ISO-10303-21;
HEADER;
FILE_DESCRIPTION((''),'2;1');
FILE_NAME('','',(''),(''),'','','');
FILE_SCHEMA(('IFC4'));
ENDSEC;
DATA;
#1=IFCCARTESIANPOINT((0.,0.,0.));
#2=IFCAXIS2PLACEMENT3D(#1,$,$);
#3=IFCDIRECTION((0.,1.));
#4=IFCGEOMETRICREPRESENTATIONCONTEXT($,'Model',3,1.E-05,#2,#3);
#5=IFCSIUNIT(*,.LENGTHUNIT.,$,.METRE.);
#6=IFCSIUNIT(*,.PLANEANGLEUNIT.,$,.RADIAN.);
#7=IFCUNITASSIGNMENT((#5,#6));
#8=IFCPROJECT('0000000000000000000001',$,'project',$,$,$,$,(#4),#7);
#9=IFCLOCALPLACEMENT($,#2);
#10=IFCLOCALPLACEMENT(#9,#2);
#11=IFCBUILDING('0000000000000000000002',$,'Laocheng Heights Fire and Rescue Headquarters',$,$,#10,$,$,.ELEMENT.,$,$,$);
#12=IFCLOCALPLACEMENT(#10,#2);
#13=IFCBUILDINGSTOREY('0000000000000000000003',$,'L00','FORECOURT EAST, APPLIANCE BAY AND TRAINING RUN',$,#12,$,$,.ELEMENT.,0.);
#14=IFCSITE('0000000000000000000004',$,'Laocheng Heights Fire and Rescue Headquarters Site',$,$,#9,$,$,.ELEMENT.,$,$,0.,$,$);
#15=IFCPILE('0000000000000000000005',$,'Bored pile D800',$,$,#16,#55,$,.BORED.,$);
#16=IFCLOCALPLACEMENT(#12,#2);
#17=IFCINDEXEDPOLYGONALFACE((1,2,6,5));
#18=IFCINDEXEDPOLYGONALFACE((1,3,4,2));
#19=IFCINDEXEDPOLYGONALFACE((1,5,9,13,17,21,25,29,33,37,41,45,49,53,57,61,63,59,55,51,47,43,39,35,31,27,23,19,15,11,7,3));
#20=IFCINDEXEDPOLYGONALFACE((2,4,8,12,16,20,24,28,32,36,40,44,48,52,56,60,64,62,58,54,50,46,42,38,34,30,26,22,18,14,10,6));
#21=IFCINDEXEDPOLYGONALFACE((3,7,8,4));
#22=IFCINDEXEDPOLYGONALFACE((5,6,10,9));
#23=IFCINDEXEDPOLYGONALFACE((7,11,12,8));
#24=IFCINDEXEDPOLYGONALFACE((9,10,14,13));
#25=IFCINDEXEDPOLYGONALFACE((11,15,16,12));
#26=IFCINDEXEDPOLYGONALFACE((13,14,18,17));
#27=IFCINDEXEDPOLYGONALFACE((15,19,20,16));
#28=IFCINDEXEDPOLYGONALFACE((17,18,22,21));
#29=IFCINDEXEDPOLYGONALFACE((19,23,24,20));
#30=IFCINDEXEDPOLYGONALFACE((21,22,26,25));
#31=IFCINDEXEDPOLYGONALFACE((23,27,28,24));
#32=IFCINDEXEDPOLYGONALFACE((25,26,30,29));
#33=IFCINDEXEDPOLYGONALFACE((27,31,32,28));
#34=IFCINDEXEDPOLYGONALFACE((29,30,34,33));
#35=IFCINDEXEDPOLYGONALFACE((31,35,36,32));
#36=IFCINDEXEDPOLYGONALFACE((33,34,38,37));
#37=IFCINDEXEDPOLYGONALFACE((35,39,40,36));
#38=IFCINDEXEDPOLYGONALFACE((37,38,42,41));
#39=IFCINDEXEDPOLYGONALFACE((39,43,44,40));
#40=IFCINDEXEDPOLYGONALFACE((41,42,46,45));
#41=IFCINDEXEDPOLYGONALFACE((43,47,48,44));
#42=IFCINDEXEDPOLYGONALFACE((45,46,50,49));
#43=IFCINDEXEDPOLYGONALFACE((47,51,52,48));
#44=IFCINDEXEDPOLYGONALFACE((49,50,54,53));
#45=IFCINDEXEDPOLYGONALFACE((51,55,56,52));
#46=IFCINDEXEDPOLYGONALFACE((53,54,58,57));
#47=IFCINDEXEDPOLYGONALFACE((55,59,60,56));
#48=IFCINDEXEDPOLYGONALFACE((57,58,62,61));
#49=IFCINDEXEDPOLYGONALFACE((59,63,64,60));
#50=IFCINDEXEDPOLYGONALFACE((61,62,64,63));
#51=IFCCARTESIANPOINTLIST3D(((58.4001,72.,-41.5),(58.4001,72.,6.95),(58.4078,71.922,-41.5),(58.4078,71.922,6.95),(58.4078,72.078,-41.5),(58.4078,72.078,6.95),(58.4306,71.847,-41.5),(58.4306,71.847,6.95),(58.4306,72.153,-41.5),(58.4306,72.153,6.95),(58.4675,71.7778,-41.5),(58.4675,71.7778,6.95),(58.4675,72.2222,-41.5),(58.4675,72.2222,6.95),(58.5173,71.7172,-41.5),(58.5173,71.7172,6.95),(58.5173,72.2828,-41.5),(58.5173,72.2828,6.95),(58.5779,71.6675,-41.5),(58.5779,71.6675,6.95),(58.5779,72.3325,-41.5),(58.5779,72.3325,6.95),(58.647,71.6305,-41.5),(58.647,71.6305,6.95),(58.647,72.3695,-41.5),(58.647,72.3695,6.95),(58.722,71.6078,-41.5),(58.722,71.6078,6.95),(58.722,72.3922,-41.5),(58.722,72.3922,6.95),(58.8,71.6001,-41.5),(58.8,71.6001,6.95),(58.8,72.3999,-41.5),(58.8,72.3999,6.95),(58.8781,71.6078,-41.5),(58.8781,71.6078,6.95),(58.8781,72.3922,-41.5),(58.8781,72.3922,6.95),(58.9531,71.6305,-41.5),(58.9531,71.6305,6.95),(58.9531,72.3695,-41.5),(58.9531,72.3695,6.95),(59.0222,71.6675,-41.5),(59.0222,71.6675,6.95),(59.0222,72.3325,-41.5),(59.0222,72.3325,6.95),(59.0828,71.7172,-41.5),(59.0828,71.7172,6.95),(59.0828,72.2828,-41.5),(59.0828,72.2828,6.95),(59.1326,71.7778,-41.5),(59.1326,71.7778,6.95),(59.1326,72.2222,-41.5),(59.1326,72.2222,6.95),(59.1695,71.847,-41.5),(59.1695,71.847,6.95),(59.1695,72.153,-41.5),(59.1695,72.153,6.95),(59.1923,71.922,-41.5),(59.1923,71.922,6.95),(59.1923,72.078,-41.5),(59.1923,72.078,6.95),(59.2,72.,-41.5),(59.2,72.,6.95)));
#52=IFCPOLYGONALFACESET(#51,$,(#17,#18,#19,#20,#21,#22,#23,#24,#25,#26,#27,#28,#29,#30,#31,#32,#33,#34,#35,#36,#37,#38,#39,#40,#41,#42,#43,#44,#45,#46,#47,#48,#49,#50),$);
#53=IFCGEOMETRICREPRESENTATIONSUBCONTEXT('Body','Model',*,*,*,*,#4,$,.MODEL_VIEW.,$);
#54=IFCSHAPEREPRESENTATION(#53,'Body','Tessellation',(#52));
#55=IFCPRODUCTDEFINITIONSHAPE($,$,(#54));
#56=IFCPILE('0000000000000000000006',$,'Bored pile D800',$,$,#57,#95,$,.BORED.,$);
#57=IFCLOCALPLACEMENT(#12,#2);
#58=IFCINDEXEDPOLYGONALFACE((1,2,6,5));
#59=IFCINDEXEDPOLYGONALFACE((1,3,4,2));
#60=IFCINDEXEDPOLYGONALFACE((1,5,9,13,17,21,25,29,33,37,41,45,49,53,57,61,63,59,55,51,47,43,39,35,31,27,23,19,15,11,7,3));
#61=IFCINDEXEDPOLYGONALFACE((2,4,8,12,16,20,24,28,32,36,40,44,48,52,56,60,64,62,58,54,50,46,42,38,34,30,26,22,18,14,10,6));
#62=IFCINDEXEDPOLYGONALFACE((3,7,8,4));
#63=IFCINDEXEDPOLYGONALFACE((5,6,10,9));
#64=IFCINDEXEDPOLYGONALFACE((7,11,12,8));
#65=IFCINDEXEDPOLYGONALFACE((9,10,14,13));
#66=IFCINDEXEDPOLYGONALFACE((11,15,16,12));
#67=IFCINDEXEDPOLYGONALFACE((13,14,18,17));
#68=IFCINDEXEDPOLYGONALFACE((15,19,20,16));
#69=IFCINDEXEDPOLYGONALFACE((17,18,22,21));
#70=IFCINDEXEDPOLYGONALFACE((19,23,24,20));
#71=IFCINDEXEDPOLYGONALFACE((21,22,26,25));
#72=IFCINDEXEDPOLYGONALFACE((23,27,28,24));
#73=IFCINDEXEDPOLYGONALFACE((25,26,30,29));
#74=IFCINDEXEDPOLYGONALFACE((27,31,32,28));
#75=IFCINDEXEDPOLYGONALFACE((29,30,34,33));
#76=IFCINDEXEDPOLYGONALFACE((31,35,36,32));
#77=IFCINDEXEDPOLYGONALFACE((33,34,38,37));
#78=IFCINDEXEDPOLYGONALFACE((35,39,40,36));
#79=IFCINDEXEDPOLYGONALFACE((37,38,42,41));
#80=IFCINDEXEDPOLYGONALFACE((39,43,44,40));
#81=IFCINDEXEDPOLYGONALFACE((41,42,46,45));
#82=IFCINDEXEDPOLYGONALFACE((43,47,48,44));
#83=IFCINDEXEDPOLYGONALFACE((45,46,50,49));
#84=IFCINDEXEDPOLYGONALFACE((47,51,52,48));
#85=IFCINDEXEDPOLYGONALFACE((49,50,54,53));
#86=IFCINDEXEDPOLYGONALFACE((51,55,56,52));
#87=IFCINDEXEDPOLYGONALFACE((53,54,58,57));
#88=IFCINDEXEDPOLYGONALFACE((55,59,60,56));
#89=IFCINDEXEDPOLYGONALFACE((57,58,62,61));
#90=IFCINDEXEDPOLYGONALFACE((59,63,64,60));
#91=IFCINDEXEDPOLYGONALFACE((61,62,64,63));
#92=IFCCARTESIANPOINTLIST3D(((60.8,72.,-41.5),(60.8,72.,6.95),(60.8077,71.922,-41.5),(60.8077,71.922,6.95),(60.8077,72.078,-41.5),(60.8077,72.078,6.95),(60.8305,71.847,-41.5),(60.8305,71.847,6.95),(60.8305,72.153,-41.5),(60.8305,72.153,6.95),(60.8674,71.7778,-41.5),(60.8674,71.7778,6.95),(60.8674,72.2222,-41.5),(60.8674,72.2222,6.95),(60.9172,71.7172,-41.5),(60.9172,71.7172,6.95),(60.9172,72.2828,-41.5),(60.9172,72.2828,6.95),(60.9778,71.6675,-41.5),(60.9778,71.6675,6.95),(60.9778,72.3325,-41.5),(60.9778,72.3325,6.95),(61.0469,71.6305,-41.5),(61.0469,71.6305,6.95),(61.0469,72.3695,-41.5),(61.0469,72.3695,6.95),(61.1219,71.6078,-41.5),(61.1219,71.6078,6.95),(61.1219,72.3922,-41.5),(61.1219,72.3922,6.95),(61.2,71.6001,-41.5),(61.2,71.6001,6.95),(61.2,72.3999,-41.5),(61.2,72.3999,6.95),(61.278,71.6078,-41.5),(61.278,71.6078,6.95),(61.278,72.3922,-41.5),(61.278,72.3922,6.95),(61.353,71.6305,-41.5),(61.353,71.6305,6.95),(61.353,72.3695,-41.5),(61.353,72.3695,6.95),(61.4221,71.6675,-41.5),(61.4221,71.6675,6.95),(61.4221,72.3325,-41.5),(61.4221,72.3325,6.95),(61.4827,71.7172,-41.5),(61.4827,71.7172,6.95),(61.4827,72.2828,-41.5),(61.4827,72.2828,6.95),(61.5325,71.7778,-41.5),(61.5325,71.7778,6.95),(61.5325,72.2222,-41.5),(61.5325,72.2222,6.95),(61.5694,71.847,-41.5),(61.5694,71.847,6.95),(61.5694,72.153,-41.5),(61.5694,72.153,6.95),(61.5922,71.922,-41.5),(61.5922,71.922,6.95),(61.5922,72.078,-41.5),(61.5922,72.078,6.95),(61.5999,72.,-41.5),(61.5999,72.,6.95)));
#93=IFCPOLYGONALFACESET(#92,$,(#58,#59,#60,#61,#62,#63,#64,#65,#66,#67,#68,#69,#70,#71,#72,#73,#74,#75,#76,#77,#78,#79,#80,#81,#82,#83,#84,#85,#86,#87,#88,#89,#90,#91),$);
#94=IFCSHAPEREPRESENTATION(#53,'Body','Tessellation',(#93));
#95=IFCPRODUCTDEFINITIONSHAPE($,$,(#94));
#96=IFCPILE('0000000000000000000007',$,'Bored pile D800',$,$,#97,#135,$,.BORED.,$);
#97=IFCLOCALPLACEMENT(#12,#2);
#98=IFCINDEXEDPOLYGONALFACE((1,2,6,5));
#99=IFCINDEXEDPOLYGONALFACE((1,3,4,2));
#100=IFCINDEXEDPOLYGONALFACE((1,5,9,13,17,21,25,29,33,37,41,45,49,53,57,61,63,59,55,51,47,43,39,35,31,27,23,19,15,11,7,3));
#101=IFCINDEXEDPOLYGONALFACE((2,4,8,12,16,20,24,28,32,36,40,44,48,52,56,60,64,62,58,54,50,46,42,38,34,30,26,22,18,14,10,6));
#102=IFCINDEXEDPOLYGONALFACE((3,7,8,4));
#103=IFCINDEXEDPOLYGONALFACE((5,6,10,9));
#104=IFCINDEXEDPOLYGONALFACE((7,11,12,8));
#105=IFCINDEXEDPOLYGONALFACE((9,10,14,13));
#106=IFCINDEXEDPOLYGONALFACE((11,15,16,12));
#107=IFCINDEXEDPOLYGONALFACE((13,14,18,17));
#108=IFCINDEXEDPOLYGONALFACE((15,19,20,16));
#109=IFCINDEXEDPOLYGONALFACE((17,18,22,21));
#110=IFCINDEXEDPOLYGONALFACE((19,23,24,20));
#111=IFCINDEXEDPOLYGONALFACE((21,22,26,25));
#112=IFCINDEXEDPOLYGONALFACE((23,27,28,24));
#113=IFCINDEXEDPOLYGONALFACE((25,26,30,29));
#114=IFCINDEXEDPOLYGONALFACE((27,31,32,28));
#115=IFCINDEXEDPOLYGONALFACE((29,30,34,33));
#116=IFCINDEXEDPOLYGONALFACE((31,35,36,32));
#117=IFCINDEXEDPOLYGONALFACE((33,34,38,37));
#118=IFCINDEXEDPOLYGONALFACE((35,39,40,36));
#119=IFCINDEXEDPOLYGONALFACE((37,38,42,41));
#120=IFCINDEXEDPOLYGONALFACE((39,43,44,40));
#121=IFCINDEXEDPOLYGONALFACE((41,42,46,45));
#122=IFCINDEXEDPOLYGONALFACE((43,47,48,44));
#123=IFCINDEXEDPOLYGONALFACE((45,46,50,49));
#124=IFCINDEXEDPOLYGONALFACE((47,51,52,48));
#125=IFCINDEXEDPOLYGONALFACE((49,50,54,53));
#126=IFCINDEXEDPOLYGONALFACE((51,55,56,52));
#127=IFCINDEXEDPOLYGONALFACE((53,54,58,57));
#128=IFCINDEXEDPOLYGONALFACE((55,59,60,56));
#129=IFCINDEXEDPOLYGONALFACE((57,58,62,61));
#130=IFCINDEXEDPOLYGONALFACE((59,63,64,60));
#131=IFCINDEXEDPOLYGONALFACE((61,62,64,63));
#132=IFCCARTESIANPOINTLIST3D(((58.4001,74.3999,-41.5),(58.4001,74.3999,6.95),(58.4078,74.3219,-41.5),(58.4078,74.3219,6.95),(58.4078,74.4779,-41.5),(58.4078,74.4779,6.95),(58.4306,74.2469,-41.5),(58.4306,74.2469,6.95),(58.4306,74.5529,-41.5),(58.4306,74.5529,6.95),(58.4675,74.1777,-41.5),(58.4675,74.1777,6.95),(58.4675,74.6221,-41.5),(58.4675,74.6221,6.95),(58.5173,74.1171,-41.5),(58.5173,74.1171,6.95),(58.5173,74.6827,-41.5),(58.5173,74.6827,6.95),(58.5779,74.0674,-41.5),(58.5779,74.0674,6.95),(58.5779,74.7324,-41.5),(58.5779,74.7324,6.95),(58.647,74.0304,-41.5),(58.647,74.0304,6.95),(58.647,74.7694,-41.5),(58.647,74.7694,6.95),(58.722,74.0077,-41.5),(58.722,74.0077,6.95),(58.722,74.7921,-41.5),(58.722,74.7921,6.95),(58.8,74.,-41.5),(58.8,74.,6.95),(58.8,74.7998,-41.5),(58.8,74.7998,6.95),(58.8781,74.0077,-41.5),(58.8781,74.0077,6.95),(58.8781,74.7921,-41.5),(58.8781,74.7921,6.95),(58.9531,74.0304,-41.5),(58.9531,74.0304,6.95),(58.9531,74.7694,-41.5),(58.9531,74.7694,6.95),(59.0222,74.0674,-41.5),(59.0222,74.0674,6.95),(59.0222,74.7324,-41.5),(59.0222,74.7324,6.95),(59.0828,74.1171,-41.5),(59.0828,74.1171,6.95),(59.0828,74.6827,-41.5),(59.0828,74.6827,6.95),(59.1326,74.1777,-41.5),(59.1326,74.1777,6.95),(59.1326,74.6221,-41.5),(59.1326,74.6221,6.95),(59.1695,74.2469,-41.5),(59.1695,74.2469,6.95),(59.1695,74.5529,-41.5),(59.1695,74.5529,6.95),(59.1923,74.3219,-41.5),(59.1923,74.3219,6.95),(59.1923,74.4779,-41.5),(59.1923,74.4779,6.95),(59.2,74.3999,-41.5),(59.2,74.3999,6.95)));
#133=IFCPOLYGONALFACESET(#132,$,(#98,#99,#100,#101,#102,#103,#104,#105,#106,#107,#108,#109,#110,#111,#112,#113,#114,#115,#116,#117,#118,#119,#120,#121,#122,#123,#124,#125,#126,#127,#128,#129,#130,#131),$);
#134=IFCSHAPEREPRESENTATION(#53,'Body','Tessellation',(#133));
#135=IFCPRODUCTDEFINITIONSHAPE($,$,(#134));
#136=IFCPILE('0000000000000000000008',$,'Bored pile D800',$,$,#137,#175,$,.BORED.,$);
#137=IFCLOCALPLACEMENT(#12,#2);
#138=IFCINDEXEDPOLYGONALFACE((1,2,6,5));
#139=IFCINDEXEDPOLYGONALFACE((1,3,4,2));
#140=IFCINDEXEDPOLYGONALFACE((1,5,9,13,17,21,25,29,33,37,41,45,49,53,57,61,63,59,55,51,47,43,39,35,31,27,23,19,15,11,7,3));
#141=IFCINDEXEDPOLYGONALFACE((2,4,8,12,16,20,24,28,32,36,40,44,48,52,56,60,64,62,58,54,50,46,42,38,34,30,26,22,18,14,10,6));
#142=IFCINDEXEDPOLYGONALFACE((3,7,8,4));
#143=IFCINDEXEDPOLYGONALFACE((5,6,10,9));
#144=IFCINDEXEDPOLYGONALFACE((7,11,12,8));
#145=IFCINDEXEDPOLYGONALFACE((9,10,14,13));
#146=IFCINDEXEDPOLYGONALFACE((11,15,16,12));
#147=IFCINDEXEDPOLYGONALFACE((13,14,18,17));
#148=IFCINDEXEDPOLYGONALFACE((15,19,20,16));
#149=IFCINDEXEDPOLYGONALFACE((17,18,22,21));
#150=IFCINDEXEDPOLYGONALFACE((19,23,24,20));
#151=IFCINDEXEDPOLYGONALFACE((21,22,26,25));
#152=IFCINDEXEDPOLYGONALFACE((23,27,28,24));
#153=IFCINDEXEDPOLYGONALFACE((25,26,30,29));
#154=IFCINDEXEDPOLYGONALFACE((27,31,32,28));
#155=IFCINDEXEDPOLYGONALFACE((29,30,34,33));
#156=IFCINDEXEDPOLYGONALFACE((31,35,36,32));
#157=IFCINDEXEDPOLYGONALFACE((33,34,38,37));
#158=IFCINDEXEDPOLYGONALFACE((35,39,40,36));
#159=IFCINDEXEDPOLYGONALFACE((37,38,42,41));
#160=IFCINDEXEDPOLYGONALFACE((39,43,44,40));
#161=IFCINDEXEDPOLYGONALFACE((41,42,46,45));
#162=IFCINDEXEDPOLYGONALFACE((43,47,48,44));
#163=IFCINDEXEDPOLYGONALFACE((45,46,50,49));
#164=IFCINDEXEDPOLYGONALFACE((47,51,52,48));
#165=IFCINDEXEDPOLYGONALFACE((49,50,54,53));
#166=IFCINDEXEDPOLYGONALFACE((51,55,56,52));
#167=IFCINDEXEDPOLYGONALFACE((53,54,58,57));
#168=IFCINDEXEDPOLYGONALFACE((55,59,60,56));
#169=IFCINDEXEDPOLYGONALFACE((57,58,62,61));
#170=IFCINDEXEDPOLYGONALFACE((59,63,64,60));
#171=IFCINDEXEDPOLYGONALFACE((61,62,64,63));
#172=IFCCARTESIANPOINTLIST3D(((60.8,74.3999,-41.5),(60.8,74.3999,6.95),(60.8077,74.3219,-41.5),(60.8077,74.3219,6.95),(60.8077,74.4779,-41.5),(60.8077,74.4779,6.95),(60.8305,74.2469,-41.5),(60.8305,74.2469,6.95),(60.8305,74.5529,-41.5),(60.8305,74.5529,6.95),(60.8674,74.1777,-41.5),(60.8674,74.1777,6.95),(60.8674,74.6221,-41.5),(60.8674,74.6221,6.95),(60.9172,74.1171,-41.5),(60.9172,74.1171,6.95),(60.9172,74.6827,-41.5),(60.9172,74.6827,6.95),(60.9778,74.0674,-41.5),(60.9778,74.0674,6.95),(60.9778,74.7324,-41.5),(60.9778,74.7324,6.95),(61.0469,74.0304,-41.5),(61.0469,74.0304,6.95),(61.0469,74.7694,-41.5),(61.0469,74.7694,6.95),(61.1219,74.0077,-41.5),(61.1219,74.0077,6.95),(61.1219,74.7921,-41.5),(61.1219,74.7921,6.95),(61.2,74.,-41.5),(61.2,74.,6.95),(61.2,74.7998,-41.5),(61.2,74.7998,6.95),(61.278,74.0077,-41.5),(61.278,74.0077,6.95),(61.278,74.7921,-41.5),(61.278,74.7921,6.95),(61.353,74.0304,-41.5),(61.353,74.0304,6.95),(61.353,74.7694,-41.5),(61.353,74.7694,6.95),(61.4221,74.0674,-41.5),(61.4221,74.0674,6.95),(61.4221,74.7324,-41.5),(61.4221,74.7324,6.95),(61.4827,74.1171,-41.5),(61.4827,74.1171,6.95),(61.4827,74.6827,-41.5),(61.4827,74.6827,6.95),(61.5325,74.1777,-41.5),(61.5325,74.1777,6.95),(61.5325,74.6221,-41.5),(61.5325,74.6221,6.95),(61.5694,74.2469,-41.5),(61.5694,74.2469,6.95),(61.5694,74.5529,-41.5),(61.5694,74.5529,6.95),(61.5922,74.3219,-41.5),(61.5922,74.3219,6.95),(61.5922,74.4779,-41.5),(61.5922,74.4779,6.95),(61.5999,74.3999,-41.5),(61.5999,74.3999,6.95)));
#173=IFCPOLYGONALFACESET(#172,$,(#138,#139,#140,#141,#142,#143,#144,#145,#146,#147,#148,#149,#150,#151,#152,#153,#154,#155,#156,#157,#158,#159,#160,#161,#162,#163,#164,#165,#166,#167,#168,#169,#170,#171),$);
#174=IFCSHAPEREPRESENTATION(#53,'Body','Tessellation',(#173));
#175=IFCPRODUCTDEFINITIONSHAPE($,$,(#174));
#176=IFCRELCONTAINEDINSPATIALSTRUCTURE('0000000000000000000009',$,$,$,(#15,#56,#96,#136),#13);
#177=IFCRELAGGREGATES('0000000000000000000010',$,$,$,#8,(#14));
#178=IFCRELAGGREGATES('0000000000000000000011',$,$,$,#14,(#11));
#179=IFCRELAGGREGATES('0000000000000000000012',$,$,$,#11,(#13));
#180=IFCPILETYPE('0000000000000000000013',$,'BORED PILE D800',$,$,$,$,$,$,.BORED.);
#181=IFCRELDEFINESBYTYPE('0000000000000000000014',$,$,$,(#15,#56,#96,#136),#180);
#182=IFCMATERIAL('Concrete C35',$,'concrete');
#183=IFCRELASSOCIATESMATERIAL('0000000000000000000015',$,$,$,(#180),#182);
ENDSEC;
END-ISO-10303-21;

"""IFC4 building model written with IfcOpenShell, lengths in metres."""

from ifc_helpers import new_model, si_unit, direction, frame, origin, origin_2d, place, context, subcontext, project, spatial, circle, extrude, material, material_profile, profile_set, type_object, element, save


model = new_model("IFC4")

# Units and contexts
model_context = context("Model", 3, precision=1e-05, world=origin(), true_north=direction((0.0, 1.0)))
body_context = subcontext(model_context, "Body", "Model", "MODEL_VIEW")
ifc_project = project(units=[si_unit("LENGTHUNIT", "METRE"), si_unit("PLANEANGLEUNIT", "RADIAN")], contexts=[model_context])

# Site, building, storey
site_placement = place(None, origin())
site = spatial("IfcSite", under=ifc_project, at=site_placement, Name="Laocheng Heights Fire and Rescue Headquarters Site", CompositionType="ELEMENT", RefElevation=0.0)
building_placement = place(site_placement, origin())
building = spatial("IfcBuilding", under=site, at=building_placement, Name="Laocheng Heights Fire and Rescue Headquarters", CompositionType="ELEMENT")
storey_placement = place(building_placement, origin())
storey = spatial("IfcBuildingStorey", under=building, at=storey_placement, Name="L00", Description="FORECOURT EAST, APPLIANCE BAY AND TRAINING RUN", CompositionType="ELEMENT", Elevation=0.0)

# Piles
ifc_material_1 = material(Name="Concrete C35", Category="concrete")
ifc_material_profile_1 = material_profile(ifc_material_1, circle(Radius=0.3999, at=origin_2d()), Name="BORED PILE D800")
ifc_profile_set_1 = profile_set([ifc_material_profile_1], Name="Concrete C35")
pile_type_1 = type_object("IfcPileType", Name="BORED PILE D800", PredefinedType="BORED", material=ifc_profile_set_1)
for number, where, z_axis, x_axis, name in (
    (1, (58.8, 72.0, 6.95), (0.0, 0.0, -1.0), (1.0, 0.0, 0.0), "Bored pile D800"),
    (2, (61.2, 72.0, 6.95), (0.0, 0.0, -1.0), (1.0, 0.0, 0.0), "Bored pile D800"),
    (3, (58.8, 74.3999, 6.95), (0.0, 0.0, -1.0), (1.0, 0.0, 0.0), "Bored pile D800"),
    (4, (61.2, 74.3999, 6.95), (0.0, 0.0, -1.0), (1.0, 0.0, 0.0), "Bored pile D800"),
):
    element("IfcPile", number, at=place(storey_placement, frame(where, z_axis=z_axis, x_axis=x_axis)), inside=storey, type_object=pile_type_1, Name=name, PredefinedType="BORED", context=body_context, shape_type="SweptSolid", body=[
        extrude(circle(Radius=0.3999, at=origin_2d()), origin(), (0.0, 0.0, 1.0), 48.45),
    ])

save(model, "model.ifc")
